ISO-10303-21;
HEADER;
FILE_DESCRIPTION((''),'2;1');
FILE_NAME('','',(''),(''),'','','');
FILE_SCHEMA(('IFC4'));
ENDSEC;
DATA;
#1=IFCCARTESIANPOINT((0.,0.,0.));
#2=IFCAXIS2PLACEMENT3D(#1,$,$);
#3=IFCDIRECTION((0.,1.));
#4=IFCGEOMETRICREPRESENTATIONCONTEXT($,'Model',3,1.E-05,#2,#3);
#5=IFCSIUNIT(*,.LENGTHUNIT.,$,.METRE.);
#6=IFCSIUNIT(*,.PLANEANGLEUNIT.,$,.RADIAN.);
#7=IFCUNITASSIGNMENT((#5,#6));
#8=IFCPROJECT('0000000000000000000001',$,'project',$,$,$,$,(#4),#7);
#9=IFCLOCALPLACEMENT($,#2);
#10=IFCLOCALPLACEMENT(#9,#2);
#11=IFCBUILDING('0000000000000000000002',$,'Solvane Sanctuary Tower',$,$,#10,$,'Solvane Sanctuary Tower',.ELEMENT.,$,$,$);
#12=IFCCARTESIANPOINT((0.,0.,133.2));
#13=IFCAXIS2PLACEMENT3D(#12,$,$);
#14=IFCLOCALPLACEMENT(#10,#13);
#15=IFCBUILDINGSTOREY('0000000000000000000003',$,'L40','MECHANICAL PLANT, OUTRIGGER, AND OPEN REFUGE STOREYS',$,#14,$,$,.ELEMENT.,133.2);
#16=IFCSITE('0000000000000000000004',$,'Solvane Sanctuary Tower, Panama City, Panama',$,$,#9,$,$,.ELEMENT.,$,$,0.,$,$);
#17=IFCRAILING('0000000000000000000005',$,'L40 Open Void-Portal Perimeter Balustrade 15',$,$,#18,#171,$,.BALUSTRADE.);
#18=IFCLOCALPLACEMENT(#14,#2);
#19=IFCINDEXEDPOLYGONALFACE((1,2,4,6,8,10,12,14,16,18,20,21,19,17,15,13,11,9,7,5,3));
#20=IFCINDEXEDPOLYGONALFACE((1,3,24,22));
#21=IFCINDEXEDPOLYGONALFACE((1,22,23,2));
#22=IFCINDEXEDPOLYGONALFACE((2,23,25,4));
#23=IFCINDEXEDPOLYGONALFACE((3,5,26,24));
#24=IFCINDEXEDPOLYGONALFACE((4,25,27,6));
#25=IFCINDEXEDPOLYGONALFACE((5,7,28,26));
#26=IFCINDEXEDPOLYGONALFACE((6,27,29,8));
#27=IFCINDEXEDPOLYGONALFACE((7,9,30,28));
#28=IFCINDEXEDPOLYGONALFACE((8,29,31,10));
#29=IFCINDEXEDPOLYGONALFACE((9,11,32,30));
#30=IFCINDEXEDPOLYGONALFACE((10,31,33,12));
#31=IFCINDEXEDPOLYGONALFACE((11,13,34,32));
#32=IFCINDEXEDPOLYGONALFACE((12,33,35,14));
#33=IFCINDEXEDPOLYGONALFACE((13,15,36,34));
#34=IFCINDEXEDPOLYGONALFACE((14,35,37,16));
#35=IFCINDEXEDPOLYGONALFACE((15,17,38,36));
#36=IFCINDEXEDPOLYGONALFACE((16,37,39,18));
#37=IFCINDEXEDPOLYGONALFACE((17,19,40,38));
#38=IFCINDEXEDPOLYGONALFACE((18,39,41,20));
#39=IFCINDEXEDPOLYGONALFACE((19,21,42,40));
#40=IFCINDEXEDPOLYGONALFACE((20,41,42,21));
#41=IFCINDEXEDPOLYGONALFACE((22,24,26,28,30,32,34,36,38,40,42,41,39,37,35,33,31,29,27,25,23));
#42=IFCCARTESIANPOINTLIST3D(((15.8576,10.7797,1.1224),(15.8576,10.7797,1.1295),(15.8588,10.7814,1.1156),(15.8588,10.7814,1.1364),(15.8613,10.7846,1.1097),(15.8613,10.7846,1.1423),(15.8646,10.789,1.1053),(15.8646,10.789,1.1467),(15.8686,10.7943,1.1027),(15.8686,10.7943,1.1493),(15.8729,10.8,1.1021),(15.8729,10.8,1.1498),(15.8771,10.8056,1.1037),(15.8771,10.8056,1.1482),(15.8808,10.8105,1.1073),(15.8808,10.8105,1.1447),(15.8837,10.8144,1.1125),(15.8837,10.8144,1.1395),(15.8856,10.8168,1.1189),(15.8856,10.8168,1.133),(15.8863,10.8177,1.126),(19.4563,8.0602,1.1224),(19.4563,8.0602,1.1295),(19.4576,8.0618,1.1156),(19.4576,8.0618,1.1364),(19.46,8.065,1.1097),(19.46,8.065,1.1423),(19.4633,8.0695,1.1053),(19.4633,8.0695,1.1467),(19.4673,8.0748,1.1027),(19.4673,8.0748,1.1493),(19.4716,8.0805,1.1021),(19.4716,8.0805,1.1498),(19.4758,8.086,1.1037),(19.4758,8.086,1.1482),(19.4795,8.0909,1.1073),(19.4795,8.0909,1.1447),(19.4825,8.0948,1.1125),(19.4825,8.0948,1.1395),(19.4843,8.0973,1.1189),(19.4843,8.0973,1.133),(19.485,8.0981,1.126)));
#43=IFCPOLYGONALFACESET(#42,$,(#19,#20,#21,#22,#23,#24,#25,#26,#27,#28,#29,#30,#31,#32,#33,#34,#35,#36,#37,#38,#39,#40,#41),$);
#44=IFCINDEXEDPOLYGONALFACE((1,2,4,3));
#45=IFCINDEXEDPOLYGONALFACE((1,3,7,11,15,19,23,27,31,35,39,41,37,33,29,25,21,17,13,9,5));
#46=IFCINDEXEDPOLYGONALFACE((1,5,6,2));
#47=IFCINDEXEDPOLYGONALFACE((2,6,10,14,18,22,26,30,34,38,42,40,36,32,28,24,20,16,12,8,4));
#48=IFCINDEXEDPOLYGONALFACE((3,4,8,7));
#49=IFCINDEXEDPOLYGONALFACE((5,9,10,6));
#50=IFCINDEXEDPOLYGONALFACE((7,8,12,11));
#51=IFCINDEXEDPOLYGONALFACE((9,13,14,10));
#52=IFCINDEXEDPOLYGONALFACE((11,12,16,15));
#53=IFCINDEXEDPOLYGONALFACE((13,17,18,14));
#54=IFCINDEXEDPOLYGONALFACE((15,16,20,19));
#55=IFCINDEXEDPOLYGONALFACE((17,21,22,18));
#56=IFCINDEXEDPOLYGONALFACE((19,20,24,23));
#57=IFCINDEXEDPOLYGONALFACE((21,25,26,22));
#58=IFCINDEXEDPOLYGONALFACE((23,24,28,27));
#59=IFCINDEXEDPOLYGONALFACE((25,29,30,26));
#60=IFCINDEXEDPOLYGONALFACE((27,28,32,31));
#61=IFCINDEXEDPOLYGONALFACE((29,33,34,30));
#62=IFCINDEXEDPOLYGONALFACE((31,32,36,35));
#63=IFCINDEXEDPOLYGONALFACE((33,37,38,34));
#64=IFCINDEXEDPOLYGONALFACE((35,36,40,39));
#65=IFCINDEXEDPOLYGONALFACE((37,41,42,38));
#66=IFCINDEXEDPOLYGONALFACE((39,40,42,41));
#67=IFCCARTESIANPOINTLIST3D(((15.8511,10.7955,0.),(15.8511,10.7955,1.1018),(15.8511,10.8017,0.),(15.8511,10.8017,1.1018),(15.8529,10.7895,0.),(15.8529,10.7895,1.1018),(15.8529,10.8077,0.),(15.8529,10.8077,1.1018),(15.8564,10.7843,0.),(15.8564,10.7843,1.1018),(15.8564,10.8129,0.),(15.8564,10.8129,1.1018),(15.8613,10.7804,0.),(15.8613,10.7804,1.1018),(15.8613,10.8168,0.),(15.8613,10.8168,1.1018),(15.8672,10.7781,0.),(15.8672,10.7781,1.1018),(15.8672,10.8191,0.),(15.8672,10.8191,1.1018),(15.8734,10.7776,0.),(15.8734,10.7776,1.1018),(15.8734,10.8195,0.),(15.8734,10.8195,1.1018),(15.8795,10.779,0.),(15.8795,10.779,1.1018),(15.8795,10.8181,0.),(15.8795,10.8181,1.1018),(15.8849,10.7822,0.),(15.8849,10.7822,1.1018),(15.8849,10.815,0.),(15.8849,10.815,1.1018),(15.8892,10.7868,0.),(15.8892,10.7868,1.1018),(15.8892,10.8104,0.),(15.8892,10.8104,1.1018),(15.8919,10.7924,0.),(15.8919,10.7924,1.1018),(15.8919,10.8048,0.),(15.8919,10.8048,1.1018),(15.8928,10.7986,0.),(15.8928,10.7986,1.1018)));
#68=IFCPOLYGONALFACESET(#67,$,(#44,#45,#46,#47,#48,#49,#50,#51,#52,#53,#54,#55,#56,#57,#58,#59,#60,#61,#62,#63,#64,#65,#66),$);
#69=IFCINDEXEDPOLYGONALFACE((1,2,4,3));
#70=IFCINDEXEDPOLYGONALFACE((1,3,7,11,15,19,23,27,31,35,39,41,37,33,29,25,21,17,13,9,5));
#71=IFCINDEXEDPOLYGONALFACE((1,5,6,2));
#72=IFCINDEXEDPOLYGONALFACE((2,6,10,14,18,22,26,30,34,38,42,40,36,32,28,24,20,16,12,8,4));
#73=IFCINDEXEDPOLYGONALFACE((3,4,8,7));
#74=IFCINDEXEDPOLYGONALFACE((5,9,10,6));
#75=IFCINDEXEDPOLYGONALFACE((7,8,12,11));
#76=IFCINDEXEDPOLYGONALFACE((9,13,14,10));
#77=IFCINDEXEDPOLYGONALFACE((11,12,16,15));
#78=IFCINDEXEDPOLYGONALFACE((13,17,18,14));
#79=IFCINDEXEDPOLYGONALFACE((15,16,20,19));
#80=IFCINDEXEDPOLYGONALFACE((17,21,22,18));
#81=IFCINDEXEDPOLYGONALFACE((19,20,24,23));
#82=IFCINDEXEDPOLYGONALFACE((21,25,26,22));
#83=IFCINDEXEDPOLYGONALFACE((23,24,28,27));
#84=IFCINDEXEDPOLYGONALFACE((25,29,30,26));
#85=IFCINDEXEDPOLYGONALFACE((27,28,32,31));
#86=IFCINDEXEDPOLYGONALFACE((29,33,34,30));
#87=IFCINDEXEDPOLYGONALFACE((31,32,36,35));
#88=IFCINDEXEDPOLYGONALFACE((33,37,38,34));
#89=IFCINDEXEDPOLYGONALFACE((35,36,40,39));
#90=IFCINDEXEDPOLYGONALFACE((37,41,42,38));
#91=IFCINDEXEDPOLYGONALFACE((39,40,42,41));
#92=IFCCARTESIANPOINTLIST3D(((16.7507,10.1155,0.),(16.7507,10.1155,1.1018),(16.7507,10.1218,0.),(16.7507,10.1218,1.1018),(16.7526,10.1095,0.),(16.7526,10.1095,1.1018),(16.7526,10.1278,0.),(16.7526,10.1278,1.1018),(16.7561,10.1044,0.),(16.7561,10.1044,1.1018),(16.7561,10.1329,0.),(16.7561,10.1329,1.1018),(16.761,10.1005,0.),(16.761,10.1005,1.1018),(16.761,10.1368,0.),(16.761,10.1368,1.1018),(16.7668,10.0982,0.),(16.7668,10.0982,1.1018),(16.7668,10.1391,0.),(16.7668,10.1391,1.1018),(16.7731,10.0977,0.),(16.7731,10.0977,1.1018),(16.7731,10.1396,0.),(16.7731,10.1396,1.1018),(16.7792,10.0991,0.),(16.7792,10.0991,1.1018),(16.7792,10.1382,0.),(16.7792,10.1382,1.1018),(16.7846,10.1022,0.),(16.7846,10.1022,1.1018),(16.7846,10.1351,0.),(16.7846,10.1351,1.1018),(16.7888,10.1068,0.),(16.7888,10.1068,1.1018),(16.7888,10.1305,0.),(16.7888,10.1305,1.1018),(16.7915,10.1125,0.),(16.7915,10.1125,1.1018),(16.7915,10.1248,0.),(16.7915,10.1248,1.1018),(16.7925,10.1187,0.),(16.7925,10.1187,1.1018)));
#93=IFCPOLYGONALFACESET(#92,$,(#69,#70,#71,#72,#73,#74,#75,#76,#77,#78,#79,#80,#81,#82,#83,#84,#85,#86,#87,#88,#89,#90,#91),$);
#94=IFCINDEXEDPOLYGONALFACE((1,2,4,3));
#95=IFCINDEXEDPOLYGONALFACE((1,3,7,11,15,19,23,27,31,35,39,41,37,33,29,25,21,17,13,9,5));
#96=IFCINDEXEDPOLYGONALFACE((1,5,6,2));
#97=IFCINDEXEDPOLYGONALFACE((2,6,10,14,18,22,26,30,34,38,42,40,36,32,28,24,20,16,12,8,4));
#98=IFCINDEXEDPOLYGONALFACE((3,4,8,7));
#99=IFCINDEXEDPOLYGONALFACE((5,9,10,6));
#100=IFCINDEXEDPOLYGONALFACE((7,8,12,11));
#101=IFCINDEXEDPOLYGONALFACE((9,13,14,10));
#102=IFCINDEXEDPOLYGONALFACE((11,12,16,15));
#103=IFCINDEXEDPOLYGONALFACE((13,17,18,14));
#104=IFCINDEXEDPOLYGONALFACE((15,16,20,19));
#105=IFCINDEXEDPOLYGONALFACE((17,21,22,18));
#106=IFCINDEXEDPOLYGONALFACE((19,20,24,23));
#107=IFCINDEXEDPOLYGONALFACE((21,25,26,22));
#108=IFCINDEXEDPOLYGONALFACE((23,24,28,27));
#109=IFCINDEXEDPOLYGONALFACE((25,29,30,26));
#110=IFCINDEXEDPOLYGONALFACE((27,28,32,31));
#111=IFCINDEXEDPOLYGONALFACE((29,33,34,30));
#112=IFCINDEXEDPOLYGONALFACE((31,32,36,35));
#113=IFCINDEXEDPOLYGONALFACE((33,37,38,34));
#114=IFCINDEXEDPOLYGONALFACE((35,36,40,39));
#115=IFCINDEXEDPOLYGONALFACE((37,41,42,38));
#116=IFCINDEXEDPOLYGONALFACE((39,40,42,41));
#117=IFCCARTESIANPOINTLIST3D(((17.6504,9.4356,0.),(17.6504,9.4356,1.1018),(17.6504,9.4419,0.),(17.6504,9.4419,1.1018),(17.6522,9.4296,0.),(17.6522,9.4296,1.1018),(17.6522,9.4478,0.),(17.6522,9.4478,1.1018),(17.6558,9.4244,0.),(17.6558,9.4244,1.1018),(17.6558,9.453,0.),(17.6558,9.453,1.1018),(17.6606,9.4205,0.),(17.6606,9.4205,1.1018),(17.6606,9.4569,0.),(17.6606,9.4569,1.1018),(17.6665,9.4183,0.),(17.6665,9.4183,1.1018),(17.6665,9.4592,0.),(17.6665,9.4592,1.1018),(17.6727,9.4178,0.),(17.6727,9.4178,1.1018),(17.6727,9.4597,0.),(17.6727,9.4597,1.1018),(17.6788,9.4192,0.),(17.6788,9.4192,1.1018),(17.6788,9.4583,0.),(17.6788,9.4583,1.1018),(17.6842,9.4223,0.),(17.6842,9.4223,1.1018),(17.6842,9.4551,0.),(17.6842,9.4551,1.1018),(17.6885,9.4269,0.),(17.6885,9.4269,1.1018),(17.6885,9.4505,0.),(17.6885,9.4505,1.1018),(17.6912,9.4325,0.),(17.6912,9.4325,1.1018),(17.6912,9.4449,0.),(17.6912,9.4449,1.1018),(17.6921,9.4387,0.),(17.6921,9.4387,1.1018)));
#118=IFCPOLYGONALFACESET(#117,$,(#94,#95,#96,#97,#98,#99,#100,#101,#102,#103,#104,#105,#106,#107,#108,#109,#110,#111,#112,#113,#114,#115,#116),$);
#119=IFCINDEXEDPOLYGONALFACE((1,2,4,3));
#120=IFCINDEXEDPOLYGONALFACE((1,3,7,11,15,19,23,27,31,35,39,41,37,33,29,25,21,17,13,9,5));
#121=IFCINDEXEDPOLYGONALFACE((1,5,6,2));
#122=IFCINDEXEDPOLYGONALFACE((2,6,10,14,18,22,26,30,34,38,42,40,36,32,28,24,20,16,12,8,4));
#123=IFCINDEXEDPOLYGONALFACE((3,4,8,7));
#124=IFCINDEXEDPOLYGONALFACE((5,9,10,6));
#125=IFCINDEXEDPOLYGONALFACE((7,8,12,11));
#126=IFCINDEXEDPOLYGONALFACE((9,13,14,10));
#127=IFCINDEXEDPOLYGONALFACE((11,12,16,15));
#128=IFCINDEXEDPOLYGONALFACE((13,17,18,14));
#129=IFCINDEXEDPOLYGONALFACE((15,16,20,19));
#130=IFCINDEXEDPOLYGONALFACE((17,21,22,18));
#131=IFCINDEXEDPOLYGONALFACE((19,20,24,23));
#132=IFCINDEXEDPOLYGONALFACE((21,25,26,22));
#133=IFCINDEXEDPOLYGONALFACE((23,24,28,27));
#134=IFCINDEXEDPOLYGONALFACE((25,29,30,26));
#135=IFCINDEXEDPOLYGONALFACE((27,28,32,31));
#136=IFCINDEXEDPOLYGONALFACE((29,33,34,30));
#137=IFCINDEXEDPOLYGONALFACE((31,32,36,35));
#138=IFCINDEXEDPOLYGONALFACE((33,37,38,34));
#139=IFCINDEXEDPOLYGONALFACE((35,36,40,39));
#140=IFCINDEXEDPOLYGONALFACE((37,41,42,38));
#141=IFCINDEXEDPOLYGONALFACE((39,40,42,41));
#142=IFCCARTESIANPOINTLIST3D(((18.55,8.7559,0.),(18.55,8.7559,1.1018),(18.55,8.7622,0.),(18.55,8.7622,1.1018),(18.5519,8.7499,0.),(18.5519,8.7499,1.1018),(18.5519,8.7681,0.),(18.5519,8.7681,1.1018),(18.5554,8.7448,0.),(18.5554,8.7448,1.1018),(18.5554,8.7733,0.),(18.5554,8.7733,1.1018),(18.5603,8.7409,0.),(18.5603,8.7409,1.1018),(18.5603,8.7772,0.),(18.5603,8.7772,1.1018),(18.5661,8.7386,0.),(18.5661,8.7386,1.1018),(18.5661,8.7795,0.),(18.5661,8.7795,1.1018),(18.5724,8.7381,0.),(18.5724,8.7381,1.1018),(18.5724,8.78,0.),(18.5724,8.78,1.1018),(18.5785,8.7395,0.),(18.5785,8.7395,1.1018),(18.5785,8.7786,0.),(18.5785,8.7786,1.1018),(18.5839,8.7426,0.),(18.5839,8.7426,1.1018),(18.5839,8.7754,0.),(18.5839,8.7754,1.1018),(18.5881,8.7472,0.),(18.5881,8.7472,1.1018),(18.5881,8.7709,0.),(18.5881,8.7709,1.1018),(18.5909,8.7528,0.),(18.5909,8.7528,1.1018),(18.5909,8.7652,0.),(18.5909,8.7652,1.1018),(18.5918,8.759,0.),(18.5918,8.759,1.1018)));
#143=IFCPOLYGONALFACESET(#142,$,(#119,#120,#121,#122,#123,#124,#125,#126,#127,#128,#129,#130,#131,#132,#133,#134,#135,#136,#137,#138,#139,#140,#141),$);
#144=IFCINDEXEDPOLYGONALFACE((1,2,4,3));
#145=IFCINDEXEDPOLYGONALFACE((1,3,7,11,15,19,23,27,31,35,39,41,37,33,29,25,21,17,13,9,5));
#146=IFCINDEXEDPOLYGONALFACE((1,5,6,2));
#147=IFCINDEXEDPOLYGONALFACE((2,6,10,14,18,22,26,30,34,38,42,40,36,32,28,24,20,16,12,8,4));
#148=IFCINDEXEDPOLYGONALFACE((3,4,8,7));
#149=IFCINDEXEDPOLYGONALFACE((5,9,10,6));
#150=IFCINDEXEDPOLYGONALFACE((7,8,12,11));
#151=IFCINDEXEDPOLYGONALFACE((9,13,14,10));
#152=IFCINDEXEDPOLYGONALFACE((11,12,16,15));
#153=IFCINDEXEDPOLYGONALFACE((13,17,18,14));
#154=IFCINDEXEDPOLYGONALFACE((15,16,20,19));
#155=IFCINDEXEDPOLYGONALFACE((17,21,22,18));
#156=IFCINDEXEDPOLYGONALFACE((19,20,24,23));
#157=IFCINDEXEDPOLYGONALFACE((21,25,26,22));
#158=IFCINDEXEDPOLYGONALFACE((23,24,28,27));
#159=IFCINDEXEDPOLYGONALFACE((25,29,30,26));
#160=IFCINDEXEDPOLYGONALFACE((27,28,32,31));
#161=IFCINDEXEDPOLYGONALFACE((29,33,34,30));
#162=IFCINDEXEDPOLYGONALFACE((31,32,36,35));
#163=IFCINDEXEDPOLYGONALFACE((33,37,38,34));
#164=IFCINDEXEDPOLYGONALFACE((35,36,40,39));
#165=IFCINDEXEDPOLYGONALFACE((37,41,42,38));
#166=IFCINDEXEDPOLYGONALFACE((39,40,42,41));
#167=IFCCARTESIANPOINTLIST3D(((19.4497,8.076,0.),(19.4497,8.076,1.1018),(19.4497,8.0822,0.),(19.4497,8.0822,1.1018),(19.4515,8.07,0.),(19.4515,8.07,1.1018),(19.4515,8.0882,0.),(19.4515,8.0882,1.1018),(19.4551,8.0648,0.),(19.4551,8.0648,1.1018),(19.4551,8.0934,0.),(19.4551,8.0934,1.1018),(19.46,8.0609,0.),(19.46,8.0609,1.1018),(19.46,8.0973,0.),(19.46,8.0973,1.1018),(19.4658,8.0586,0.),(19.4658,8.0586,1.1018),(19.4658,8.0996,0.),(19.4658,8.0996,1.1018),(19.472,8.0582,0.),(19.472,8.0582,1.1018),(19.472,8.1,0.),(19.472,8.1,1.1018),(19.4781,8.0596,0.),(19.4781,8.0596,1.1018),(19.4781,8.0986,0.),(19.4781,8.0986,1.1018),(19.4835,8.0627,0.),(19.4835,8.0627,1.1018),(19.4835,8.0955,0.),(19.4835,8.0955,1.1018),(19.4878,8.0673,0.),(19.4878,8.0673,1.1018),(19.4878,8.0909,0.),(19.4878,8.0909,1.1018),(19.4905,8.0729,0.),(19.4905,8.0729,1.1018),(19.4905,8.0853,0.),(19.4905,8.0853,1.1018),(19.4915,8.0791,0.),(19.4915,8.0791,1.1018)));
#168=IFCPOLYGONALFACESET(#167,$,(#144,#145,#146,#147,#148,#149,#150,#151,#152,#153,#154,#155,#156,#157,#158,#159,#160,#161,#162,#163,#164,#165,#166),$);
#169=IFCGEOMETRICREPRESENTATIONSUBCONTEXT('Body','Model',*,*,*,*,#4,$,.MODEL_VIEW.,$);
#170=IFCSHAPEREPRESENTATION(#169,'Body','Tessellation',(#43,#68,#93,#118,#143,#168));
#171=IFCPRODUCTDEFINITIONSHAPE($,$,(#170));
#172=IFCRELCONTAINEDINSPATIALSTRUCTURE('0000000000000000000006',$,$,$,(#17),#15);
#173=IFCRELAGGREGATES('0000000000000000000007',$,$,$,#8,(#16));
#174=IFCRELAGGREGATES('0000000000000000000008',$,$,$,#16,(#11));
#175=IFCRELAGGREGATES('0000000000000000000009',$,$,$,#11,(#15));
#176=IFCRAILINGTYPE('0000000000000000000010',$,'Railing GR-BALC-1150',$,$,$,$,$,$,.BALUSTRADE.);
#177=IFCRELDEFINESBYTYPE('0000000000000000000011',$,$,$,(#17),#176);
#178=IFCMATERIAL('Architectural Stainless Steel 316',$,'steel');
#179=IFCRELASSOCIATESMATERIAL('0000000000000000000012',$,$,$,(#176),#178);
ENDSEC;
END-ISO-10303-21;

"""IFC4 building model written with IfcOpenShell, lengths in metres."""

from ifc_helpers import new_model, si_unit, direction, frame, origin, origin_2d, place, context, subcontext, project, spatial, circle, extrude, material, type_object, element, save


model = new_model("IFC4")

# Units and contexts
model_context = context("Model", 3, precision=1e-05, world=origin(), true_north=direction((0.0, 1.0)))
body_context = subcontext(model_context, "Body", "Model", "MODEL_VIEW")
ifc_project = project(units=[si_unit("LENGTHUNIT", "METRE"), si_unit("PLANEANGLEUNIT", "RADIAN")], contexts=[model_context])

# Site, building, storey
site_placement = place(None, origin())
site = spatial("IfcSite", under=ifc_project, at=site_placement, Name="Solvane Sanctuary Tower, Panama City, Panama", CompositionType="ELEMENT", RefElevation=0.0)
building_placement = place(site_placement, origin())
building = spatial("IfcBuilding", under=site, at=building_placement, Name="Solvane Sanctuary Tower", LongName="Solvane Sanctuary Tower", CompositionType="ELEMENT")
storey_placement = place(building_placement, frame((0.0, 0.0, 133.2)))
storey = spatial("IfcBuildingStorey", under=building, at=storey_placement, Name="L40", Description="MECHANICAL PLANT, OUTRIGGER, AND OPEN REFUGE STOREYS", CompositionType="ELEMENT", Elevation=133.2)

# Shared definitions
ifc_material_1 = material(Name="Architectural Stainless Steel 316", Category="steel")

# Railing
railing_type_1 = type_object("IfcRailingType", Name="Railing GR-BALC-1150", PredefinedType="BALUSTRADE", material=ifc_material_1)
railing_1_placement = place(storey_placement, frame((15.8718, 10.7986, 0.0)))
element("IfcRailing", 1, at=railing_1_placement, inside=storey, type_object=railing_type_1, Name="L40 Open Void-Portal Perimeter Balustrade 15", PredefinedType="BALUSTRADE", context=body_context, shape_type="SweptSolid", body=[
    extrude(circle(Radius=0.0239, at=origin_2d()), frame((0.0, 0.0, 1.126), z_axis=(0.797812, -0.602906, 0.0), x_axis=(0.602906, 0.797812, 0.0)), (0.0, 0.0, 1.0), 4.5107),
    extrude(circle(Radius=0.021, at=origin_2d()), origin(), (0.0, 0.0, 1.0), 1.1018),
    extrude(circle(Radius=0.021, at=origin_2d()), frame((0.8997, -0.6799, 0.0)), (0.0, 0.0, 1.0), 1.1018),
    extrude(circle(Radius=0.021, at=origin_2d()), frame((1.7993, -1.3599, 0.0)), (0.0, 0.0, 1.0), 1.1018),
    extrude(circle(Radius=0.021, at=origin_2d()), frame((2.699, -2.0396, 0.0)), (0.0, 0.0, 1.0), 1.1018),
    extrude(circle(Radius=0.021, at=origin_2d()), frame((3.5986, -2.7195, 0.0)), (0.0, 0.0, 1.0), 1.1018),
])

save(model, "model.ifc")
